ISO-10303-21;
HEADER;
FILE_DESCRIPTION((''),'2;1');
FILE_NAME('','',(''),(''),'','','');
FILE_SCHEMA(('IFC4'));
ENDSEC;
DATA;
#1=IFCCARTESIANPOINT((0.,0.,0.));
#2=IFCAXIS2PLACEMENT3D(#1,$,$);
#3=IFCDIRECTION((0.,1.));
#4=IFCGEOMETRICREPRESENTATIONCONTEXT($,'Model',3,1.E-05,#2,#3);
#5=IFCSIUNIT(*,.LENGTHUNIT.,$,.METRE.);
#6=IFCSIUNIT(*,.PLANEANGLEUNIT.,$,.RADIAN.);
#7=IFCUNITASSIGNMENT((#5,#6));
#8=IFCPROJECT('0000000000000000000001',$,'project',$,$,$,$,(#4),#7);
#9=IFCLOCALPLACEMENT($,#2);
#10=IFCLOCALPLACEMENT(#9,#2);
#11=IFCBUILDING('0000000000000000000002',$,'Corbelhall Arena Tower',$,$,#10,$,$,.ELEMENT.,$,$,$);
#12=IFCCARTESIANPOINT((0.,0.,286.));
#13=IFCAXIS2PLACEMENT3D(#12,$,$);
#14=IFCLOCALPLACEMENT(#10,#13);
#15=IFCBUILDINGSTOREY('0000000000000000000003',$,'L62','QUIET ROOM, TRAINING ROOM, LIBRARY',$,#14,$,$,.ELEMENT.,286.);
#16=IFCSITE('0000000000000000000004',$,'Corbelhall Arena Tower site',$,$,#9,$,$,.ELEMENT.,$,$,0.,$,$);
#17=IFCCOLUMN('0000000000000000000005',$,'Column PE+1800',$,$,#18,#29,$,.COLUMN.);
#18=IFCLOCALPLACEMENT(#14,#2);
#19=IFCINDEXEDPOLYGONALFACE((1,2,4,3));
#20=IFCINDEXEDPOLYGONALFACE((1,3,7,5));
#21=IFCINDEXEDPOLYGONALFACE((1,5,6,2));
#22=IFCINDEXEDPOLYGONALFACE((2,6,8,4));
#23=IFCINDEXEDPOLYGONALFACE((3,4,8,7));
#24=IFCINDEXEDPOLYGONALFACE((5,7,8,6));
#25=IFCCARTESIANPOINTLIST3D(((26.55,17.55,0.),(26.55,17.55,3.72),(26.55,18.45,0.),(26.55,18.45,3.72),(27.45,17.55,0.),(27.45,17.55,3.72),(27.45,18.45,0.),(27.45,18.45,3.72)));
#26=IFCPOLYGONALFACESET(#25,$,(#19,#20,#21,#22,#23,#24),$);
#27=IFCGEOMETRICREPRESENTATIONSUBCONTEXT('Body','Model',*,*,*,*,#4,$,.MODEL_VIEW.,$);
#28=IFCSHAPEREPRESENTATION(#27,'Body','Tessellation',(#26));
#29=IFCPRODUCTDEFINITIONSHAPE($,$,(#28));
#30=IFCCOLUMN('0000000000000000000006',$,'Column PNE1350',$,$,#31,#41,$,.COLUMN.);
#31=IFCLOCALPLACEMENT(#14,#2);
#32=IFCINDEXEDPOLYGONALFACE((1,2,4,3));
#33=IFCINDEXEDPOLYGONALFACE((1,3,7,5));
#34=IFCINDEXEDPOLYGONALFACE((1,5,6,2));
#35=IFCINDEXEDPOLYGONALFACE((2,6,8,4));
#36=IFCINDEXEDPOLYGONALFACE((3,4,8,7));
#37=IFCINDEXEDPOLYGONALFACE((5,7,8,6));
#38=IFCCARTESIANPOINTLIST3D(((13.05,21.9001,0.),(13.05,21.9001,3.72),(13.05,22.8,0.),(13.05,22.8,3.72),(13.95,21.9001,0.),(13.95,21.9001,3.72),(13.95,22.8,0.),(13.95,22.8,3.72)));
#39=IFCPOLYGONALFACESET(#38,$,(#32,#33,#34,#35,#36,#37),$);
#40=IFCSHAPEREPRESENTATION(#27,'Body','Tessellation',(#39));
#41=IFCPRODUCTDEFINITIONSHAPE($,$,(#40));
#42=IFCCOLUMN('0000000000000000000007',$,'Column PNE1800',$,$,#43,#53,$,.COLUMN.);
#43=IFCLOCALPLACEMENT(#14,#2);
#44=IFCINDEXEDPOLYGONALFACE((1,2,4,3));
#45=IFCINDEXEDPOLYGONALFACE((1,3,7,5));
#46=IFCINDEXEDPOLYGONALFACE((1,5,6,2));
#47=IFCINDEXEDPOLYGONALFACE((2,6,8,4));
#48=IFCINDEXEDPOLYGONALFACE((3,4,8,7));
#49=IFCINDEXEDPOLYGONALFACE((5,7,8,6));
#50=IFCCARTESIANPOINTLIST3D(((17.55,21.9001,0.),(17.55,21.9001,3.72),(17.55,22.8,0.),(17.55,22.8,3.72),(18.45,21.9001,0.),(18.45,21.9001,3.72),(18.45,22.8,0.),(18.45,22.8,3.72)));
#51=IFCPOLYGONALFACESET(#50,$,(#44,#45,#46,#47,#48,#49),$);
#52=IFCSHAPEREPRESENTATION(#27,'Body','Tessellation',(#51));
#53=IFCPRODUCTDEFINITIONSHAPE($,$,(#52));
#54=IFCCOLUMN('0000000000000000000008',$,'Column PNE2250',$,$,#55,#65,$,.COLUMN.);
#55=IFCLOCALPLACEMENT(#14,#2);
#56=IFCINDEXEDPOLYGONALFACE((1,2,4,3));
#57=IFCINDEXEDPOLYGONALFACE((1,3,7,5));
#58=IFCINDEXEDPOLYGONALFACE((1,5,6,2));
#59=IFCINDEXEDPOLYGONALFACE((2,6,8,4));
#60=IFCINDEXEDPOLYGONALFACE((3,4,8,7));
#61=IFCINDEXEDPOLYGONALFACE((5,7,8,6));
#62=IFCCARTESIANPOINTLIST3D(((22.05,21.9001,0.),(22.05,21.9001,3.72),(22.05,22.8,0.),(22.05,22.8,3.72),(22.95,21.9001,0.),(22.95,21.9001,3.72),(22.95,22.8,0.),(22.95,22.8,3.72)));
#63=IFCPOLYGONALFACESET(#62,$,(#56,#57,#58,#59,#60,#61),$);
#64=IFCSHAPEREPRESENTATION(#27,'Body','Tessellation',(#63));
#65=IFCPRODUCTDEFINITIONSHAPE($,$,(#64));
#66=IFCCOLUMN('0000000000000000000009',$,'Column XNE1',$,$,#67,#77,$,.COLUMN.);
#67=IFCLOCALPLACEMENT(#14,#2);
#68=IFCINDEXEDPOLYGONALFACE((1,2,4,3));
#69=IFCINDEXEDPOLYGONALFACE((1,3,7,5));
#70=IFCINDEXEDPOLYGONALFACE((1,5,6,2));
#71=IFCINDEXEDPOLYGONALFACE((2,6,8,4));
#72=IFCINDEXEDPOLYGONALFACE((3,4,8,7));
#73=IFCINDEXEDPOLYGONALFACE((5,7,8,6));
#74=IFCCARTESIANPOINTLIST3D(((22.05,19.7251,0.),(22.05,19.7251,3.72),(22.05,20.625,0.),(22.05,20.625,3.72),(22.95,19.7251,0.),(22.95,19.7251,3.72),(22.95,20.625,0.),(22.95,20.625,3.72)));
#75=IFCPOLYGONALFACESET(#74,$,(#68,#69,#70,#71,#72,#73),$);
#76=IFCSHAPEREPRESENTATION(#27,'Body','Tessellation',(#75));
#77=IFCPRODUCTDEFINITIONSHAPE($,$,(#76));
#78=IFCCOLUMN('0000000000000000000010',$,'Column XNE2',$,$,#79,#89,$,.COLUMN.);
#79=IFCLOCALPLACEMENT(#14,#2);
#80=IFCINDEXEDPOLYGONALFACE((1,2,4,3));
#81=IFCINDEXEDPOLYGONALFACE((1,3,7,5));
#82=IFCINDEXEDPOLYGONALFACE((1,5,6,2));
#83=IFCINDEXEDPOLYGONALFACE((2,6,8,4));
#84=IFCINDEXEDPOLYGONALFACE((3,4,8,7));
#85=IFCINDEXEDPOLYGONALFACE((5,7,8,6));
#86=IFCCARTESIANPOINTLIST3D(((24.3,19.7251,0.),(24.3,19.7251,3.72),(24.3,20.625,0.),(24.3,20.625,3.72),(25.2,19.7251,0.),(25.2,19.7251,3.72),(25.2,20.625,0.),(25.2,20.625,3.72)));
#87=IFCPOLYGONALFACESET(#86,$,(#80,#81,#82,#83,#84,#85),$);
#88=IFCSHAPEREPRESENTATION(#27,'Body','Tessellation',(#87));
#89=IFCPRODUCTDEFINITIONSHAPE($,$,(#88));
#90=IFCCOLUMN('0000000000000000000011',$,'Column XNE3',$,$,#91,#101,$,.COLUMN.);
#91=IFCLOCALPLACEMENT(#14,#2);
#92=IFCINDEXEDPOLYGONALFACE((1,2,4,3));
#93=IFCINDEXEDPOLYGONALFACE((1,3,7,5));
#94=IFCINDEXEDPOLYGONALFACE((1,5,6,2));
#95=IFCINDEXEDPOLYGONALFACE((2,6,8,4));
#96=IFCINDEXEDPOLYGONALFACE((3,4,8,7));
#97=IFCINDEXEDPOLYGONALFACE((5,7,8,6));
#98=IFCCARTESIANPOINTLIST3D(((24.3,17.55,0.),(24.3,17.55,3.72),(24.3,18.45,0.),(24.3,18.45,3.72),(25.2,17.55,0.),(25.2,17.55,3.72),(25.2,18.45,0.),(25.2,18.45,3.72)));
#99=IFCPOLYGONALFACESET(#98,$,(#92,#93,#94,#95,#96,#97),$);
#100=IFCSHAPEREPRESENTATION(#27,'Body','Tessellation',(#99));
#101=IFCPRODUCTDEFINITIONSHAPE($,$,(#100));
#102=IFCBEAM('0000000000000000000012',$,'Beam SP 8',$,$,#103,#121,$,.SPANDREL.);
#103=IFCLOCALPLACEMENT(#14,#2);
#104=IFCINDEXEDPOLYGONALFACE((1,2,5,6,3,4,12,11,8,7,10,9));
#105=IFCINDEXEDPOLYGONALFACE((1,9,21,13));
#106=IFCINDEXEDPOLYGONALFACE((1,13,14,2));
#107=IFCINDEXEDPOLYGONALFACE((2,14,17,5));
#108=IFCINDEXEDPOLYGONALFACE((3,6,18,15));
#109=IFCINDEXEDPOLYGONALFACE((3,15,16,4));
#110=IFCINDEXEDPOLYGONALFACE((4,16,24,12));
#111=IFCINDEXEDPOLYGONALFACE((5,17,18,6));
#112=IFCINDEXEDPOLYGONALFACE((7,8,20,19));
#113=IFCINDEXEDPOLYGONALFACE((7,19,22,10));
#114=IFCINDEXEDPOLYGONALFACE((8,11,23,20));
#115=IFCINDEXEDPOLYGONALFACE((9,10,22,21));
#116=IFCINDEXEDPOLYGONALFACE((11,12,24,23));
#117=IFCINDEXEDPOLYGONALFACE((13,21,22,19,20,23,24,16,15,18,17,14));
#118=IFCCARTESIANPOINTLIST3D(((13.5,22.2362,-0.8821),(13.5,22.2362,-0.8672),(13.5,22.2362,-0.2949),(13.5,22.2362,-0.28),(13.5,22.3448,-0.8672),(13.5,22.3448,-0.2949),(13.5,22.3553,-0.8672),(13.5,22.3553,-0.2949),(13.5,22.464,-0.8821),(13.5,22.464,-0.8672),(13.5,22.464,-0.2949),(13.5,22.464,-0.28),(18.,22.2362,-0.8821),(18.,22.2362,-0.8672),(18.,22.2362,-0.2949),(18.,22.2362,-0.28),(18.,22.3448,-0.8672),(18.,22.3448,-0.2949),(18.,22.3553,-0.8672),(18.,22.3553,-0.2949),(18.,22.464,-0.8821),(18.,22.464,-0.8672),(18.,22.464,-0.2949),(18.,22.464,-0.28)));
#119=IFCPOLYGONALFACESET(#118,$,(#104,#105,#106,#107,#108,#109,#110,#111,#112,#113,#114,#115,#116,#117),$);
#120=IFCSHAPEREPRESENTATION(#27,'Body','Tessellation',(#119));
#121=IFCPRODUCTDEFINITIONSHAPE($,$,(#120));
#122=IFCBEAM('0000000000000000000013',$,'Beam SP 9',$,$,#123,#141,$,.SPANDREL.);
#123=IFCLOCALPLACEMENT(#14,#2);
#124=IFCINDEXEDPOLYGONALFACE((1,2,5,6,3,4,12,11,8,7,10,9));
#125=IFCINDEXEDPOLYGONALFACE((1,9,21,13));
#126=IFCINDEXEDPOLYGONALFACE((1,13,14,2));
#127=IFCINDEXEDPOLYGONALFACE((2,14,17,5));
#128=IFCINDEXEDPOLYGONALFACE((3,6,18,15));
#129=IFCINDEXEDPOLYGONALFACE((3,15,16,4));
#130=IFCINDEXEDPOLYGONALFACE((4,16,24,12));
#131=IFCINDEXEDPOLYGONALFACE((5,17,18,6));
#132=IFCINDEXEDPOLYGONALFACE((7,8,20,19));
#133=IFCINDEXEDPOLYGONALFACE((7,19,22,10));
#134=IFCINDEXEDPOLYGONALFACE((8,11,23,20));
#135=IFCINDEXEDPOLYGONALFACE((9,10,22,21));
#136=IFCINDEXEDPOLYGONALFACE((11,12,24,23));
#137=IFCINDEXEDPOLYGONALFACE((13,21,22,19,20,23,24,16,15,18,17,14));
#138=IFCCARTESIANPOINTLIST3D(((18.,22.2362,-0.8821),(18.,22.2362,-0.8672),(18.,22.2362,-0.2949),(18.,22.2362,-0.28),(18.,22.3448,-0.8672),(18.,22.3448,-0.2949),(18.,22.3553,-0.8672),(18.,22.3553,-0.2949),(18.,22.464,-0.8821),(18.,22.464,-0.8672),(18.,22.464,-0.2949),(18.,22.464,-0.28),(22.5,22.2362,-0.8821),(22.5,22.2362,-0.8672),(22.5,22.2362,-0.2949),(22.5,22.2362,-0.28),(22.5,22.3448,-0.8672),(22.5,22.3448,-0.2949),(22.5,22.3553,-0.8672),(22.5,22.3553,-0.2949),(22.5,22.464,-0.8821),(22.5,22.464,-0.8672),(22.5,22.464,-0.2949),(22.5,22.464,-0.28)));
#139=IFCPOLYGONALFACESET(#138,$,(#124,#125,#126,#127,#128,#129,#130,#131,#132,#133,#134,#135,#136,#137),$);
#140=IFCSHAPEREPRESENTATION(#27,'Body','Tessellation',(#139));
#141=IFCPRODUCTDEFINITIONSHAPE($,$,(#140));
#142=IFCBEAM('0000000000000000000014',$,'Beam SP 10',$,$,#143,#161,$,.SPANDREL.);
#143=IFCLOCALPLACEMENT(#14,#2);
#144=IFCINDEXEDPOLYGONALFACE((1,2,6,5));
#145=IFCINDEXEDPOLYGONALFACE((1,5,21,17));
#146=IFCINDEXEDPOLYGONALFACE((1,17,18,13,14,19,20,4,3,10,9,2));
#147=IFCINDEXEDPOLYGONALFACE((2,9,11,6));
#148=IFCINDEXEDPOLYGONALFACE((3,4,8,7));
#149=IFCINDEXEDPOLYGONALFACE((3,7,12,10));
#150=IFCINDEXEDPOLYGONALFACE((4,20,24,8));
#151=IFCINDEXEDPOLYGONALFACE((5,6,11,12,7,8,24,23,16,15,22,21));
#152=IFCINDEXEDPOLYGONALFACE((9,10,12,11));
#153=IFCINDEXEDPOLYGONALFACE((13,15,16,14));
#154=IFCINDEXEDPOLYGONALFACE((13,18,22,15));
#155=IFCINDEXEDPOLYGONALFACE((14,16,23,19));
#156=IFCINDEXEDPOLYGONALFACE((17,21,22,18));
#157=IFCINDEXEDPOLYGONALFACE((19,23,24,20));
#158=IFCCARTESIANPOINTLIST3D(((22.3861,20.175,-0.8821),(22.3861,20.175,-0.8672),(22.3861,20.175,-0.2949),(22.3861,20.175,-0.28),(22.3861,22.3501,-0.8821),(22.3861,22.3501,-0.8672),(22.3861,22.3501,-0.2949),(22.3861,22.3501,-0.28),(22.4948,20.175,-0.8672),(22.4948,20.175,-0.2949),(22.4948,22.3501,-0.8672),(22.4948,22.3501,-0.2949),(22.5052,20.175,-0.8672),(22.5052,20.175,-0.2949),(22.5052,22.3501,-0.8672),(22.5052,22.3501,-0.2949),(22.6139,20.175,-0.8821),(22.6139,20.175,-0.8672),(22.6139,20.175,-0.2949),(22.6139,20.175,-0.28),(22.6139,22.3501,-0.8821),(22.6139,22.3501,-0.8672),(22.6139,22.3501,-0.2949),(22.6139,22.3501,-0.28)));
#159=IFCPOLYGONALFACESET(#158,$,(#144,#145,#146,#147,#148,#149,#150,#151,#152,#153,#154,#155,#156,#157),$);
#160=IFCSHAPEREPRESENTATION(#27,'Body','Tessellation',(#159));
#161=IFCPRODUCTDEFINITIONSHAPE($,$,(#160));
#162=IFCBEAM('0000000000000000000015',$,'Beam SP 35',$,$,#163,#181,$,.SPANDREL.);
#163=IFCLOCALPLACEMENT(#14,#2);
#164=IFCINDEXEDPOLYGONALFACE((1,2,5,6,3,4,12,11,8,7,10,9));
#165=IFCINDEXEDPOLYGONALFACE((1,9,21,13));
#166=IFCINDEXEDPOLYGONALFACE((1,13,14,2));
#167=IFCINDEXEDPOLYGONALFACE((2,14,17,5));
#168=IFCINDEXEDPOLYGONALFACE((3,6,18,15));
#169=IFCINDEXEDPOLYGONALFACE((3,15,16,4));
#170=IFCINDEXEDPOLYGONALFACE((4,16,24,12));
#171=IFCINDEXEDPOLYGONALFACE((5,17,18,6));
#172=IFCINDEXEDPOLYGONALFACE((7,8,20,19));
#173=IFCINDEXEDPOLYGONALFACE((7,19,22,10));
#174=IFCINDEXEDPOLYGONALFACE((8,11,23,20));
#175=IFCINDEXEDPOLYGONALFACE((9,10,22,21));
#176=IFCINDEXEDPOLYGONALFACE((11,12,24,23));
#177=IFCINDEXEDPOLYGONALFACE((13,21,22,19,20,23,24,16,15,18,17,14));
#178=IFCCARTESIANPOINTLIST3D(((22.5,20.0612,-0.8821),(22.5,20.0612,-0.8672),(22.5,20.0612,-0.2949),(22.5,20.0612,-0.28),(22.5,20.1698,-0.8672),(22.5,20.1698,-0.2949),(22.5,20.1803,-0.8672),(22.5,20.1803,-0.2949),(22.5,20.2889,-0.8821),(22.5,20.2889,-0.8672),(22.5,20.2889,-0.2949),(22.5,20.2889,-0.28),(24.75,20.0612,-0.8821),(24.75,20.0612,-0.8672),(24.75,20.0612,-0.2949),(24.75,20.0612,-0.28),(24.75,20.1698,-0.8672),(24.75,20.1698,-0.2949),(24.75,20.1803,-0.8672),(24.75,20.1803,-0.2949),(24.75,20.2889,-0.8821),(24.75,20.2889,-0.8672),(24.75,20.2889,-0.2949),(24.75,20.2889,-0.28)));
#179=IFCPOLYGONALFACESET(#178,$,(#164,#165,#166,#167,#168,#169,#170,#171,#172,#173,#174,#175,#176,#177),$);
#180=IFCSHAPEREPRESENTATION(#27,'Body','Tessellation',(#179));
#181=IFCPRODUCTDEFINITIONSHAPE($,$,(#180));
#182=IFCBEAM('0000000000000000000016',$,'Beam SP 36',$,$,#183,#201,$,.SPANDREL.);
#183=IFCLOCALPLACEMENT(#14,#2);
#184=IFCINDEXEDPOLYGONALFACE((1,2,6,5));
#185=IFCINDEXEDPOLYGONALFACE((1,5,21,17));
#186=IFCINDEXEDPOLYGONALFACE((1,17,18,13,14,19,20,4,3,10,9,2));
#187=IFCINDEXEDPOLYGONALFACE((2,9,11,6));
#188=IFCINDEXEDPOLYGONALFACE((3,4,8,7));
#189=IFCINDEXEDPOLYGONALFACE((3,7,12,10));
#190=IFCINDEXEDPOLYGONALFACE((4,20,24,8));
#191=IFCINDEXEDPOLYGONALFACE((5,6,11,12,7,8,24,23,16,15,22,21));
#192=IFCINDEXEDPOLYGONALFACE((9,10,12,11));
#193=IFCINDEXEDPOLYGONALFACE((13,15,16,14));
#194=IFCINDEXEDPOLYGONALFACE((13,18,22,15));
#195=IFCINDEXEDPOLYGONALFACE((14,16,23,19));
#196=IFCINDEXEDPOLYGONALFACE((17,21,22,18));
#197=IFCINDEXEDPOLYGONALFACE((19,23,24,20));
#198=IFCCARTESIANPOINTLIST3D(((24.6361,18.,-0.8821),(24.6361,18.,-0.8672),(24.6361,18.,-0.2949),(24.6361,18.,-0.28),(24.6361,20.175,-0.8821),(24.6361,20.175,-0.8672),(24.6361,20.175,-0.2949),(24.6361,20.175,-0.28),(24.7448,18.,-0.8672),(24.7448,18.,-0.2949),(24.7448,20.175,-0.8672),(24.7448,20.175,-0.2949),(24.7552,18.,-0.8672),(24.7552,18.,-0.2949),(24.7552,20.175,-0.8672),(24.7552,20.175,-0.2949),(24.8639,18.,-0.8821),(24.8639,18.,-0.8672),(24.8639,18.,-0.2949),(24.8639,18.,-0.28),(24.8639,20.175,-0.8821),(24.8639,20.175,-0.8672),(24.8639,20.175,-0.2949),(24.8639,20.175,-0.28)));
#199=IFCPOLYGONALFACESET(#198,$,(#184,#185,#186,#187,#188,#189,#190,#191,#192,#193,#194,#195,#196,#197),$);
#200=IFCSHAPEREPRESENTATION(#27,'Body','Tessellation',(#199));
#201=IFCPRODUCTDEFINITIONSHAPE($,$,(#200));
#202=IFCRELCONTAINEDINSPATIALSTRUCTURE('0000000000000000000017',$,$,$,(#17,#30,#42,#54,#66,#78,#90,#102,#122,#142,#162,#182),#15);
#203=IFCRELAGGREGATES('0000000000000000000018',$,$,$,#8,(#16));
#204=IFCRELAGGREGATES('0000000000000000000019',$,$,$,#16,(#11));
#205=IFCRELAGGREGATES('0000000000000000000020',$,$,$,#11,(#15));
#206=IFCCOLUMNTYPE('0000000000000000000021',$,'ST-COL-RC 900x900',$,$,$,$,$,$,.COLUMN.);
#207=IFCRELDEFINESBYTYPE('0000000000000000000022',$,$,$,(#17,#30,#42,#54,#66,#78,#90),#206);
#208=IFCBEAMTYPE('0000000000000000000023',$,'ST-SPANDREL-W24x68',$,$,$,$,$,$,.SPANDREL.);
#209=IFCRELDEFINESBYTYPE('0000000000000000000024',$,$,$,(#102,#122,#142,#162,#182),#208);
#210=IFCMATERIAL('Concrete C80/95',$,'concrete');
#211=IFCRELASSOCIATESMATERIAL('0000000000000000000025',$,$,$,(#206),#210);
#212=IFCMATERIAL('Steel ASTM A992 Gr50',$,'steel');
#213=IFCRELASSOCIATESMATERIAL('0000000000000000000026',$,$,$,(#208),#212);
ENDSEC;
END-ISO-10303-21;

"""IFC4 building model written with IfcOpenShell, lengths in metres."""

from ifc_helpers import new_model, si_unit, direction, frame, origin, origin_2d, place, context, subcontext, project, spatial, rectangle, i_section, extrude, material, material_profile, profile_set, type_object, element, save


model = new_model("IFC4")

# Units and contexts
model_context = context("Model", 3, precision=1e-05, world=origin(), true_north=direction((0.0, 1.0)))
body_context = subcontext(model_context, "Body", "Model", "MODEL_VIEW")
ifc_project = project(units=[si_unit("LENGTHUNIT", "METRE"), si_unit("PLANEANGLEUNIT", "RADIAN")], contexts=[model_context])

# Site, building, storey
site_placement = place(None, origin())
site = spatial("IfcSite", under=ifc_project, at=site_placement, Name="Corbelhall Arena Tower site", CompositionType="ELEMENT", RefElevation=0.0)
building_placement = place(site_placement, origin())
building = spatial("IfcBuilding", under=site, at=building_placement, Name="Corbelhall Arena Tower", CompositionType="ELEMENT")
storey_placement = place(building_placement, frame((0.0, 0.0, 286.0)))
storey = spatial("IfcBuildingStorey", under=building, at=storey_placement, Name="L62", Description="QUIET ROOM, TRAINING ROOM, LIBRARY", CompositionType="ELEMENT", Elevation=286.0)

# Columns
ifc_material_1 = material(Name="Concrete C80/95", Category="concrete")
ifc_material_profile_1 = material_profile(ifc_material_1, rectangle(XDim=0.8999, YDim=0.8999, at=origin_2d()))
ifc_profile_set_1 = profile_set([ifc_material_profile_1], Name="Concrete C80/95")
column_type = type_object("IfcColumnType", Name="ST-COL-RC 900x900", PredefinedType="COLUMN", material=ifc_profile_set_1)
for number, where, z_axis, x_axis, name in (
    (1, (27.0, 18.0, 0.0), (0.0, 0.0, 1.0), (0.0, 1.0, 0.0), "Column PE+1800"),
    (2, (13.5, 22.3501, 0.0), (0.0, 0.0, 1.0), (1.0, 0.0, 0.0), "Column PNE1350"),
    (3, (18.0, 22.3501, 0.0), (0.0, 0.0, 1.0), (1.0, 0.0, 0.0), "Column PNE1800"),
    (4, (22.5, 22.3501, 0.0), (0.0, 0.0, 1.0), (1.0, 0.0, 0.0), "Column PNE2250"),
    (5, (22.5, 20.175, 0.0), (0.0, 0.0, 1.0), (1.0, 0.0, 0.0), "Column XNE1"),
    (6, (24.75, 20.175, 0.0), (0.0, 0.0, 1.0), (1.0, 0.0, 0.0), "Column XNE2"),
    (7, (24.75, 18.0, 0.0), (0.0, 0.0, 1.0), (1.0, 0.0, 0.0), "Column XNE3"),
):
    element("IfcColumn", number, at=place(storey_placement, frame(where, z_axis=z_axis, x_axis=x_axis)), inside=storey, type_object=column_type, Name=name, PredefinedType="COLUMN", context=body_context, shape_type="SweptSolid", body=[
        extrude(rectangle(XDim=0.8999, YDim=0.8999, at=origin_2d()), origin(), (0.0, 0.0, 1.0), 3.72),
    ])

# Beams
ifc_material_2 = material(Name="Steel ASTM A992 Gr50", Category="steel")
ifc_material_profile_2 = material_profile(ifc_material_2, i_section(OverallWidth=0.2278, OverallDepth=0.6021, WebThickness=0.0105, FlangeThickness=0.0149, at=origin_2d()))
ifc_profile_set_2 = profile_set([ifc_material_profile_2], Name="Steel ASTM A992 Gr50")
beam_type_1 = type_object("IfcBeamType", Name="ST-SPANDREL-W24x68", PredefinedType="SPANDREL", material=ifc_profile_set_2)
for number, where, z_axis, x_axis, name in (
    (8, (13.5, 22.3501, -0.5811), (1.0, 0.0, 0.0), (0.0, 1.0, 0.0), "Beam SP 8"),
    (9, (18.0, 22.3501, -0.5811), (1.0, 0.0, 0.0), (0.0, 1.0, 0.0), "Beam SP 9"),
):
    element("IfcBeam", number, at=place(storey_placement, frame(where, z_axis=z_axis, x_axis=x_axis)), inside=storey, type_object=beam_type_1, Name=name, PredefinedType="SPANDREL", context=body_context, shape_type="SweptSolid", body=[
        extrude(i_section(OverallWidth=0.2278, OverallDepth=0.6021, WebThickness=0.0105, FlangeThickness=0.0149, at=origin_2d()), origin(), (0.0, 0.0, 1.0), 4.5),
    ])
beam_1_placement = place(storey_placement, frame((22.5, 22.3501, -0.5811), z_axis=(0.0, -1.0, 0.0), x_axis=(1.0, 0.0, 0.0)))
element("IfcBeam", 10, at=beam_1_placement, inside=storey, type_object=beam_type_1, Name="Beam SP 10", PredefinedType="SPANDREL", context=body_context, shape_type="SweptSolid", body=[
    extrude(i_section(OverallWidth=0.2278, OverallDepth=0.6021, WebThickness=0.0105, FlangeThickness=0.0149, at=origin_2d()), origin(), (0.0, 0.0, 1.0), 2.175),
])
beam_2_placement = place(storey_placement, frame((22.5, 20.175, -0.5811), z_axis=(1.0, 0.0, 0.0), x_axis=(0.0, 1.0, 0.0)))
element("IfcBeam", 11, at=beam_2_placement, inside=storey, type_object=beam_type_1, Name="Beam SP 35", PredefinedType="SPANDREL", context=body_context, shape_type="SweptSolid", body=[
    extrude(i_section(OverallWidth=0.2278, OverallDepth=0.6021, WebThickness=0.0105, FlangeThickness=0.0149, at=origin_2d()), origin(), (0.0, 0.0, 1.0), 2.25),
])
beam_3_placement = place(storey_placement, frame((24.75, 20.175, -0.5811), z_axis=(0.0, -1.0, 0.0), x_axis=(1.0, 0.0, 0.0)))
element("IfcBeam", 12, at=beam_3_placement, inside=storey, type_object=beam_type_1, Name="Beam SP 36", PredefinedType="SPANDREL", context=body_context, shape_type="SweptSolid", body=[
    extrude(i_section(OverallWidth=0.2278, OverallDepth=0.6021, WebThickness=0.0105, FlangeThickness=0.0149, at=origin_2d()), origin(), (0.0, 0.0, 1.0), 2.175),
])

save(model, "model.ifc")
